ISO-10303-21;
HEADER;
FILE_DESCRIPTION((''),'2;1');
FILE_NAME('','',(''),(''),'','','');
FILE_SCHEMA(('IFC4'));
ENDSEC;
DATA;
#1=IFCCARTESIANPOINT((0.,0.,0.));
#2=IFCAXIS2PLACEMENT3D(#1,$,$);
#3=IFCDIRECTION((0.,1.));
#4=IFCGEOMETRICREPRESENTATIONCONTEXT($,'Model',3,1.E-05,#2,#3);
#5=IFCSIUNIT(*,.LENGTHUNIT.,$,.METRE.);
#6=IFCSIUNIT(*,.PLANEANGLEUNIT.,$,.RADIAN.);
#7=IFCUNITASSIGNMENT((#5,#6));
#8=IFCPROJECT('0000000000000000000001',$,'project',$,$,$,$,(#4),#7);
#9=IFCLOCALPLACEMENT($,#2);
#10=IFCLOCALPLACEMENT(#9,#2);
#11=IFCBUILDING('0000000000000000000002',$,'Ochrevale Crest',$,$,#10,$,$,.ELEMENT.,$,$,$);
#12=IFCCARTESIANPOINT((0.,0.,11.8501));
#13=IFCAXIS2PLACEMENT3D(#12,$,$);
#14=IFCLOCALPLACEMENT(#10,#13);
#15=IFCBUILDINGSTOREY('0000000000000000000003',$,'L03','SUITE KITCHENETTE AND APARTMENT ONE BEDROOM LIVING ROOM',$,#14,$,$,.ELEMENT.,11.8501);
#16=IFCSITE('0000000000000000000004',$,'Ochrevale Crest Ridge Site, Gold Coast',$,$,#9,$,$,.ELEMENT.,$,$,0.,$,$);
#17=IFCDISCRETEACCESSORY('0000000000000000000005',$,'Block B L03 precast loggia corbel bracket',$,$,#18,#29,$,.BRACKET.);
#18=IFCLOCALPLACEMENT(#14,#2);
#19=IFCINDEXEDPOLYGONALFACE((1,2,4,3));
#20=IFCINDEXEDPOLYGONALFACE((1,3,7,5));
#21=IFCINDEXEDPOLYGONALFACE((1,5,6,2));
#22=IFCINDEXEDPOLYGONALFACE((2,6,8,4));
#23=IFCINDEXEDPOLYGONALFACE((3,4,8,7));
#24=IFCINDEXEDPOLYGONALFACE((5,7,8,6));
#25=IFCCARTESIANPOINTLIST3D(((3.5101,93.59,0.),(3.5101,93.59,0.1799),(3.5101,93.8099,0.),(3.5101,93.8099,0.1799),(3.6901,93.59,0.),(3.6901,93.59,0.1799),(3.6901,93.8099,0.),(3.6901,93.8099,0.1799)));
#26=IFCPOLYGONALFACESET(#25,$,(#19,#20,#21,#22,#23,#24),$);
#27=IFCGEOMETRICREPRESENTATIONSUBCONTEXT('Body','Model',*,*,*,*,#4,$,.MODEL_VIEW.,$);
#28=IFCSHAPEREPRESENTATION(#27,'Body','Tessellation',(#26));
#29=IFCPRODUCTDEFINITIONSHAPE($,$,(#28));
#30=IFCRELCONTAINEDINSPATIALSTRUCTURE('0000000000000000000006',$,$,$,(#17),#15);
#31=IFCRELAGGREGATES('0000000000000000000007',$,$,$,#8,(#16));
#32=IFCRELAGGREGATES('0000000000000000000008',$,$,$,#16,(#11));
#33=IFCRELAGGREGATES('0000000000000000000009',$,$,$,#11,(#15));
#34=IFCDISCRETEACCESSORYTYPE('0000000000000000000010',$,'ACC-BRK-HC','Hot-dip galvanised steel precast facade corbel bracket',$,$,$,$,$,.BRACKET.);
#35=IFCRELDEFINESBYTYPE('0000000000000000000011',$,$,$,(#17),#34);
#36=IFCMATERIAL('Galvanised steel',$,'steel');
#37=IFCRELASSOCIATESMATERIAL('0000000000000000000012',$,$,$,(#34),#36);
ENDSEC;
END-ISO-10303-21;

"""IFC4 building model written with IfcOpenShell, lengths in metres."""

from ifc_helpers import new_model, si_unit, direction, frame, origin, origin_2d, place, context, subcontext, project, spatial, rectangle, extrude, material, type_object, element, save


model = new_model("IFC4")

# Units and contexts
model_context = context("Model", 3, precision=1e-05, world=origin(), true_north=direction((0.0, 1.0)))
body_context = subcontext(model_context, "Body", "Model", "MODEL_VIEW")
ifc_project = project(units=[si_unit("LENGTHUNIT", "METRE"), si_unit("PLANEANGLEUNIT", "RADIAN")], contexts=[model_context])

# Site, building, storey
site_placement = place(None, origin())
site = spatial("IfcSite", under=ifc_project, at=site_placement, Name="Ochrevale Crest Ridge Site, Gold Coast", CompositionType="ELEMENT", RefElevation=0.0)
building_placement = place(site_placement, origin())
building = spatial("IfcBuilding", under=site, at=building_placement, Name="Ochrevale Crest", CompositionType="ELEMENT")
storey_placement = place(building_placement, frame((0.0, 0.0, 11.8501)))
storey = spatial("IfcBuildingStorey", under=building, at=storey_placement, Name="L03", Description="SUITE KITCHENETTE AND APARTMENT ONE BEDROOM LIVING ROOM", CompositionType="ELEMENT", Elevation=11.8501)

# Shared definitions
ifc_material_1 = material(Name="Galvanised steel", Category="steel")

# Discrete accessory
discrete_accessory_type = type_object("IfcDiscreteAccessoryType", Name="ACC-BRK-HC", Description="Hot-dip galvanised steel precast facade corbel bracket", PredefinedType="BRACKET", material=ifc_material_1)
discrete_accessory_placement = place(storey_placement, frame((3.6001, 93.7, 0.0), z_axis=(0.0, 0.0, 1.0), x_axis=(1.0, 0.0, 0.0)))
element("IfcDiscreteAccessory", 1, at=discrete_accessory_placement, inside=storey, type_object=discrete_accessory_type, Name="Block B L03 precast loggia corbel bracket", PredefinedType="BRACKET", context=body_context, shape_type="SweptSolid", body=[
    extrude(rectangle(XDim=0.1799, YDim=0.22, at=origin_2d()), origin(), (0.0, 0.0, 1.0), 0.1799),
])

save(model, "model.ifc")
